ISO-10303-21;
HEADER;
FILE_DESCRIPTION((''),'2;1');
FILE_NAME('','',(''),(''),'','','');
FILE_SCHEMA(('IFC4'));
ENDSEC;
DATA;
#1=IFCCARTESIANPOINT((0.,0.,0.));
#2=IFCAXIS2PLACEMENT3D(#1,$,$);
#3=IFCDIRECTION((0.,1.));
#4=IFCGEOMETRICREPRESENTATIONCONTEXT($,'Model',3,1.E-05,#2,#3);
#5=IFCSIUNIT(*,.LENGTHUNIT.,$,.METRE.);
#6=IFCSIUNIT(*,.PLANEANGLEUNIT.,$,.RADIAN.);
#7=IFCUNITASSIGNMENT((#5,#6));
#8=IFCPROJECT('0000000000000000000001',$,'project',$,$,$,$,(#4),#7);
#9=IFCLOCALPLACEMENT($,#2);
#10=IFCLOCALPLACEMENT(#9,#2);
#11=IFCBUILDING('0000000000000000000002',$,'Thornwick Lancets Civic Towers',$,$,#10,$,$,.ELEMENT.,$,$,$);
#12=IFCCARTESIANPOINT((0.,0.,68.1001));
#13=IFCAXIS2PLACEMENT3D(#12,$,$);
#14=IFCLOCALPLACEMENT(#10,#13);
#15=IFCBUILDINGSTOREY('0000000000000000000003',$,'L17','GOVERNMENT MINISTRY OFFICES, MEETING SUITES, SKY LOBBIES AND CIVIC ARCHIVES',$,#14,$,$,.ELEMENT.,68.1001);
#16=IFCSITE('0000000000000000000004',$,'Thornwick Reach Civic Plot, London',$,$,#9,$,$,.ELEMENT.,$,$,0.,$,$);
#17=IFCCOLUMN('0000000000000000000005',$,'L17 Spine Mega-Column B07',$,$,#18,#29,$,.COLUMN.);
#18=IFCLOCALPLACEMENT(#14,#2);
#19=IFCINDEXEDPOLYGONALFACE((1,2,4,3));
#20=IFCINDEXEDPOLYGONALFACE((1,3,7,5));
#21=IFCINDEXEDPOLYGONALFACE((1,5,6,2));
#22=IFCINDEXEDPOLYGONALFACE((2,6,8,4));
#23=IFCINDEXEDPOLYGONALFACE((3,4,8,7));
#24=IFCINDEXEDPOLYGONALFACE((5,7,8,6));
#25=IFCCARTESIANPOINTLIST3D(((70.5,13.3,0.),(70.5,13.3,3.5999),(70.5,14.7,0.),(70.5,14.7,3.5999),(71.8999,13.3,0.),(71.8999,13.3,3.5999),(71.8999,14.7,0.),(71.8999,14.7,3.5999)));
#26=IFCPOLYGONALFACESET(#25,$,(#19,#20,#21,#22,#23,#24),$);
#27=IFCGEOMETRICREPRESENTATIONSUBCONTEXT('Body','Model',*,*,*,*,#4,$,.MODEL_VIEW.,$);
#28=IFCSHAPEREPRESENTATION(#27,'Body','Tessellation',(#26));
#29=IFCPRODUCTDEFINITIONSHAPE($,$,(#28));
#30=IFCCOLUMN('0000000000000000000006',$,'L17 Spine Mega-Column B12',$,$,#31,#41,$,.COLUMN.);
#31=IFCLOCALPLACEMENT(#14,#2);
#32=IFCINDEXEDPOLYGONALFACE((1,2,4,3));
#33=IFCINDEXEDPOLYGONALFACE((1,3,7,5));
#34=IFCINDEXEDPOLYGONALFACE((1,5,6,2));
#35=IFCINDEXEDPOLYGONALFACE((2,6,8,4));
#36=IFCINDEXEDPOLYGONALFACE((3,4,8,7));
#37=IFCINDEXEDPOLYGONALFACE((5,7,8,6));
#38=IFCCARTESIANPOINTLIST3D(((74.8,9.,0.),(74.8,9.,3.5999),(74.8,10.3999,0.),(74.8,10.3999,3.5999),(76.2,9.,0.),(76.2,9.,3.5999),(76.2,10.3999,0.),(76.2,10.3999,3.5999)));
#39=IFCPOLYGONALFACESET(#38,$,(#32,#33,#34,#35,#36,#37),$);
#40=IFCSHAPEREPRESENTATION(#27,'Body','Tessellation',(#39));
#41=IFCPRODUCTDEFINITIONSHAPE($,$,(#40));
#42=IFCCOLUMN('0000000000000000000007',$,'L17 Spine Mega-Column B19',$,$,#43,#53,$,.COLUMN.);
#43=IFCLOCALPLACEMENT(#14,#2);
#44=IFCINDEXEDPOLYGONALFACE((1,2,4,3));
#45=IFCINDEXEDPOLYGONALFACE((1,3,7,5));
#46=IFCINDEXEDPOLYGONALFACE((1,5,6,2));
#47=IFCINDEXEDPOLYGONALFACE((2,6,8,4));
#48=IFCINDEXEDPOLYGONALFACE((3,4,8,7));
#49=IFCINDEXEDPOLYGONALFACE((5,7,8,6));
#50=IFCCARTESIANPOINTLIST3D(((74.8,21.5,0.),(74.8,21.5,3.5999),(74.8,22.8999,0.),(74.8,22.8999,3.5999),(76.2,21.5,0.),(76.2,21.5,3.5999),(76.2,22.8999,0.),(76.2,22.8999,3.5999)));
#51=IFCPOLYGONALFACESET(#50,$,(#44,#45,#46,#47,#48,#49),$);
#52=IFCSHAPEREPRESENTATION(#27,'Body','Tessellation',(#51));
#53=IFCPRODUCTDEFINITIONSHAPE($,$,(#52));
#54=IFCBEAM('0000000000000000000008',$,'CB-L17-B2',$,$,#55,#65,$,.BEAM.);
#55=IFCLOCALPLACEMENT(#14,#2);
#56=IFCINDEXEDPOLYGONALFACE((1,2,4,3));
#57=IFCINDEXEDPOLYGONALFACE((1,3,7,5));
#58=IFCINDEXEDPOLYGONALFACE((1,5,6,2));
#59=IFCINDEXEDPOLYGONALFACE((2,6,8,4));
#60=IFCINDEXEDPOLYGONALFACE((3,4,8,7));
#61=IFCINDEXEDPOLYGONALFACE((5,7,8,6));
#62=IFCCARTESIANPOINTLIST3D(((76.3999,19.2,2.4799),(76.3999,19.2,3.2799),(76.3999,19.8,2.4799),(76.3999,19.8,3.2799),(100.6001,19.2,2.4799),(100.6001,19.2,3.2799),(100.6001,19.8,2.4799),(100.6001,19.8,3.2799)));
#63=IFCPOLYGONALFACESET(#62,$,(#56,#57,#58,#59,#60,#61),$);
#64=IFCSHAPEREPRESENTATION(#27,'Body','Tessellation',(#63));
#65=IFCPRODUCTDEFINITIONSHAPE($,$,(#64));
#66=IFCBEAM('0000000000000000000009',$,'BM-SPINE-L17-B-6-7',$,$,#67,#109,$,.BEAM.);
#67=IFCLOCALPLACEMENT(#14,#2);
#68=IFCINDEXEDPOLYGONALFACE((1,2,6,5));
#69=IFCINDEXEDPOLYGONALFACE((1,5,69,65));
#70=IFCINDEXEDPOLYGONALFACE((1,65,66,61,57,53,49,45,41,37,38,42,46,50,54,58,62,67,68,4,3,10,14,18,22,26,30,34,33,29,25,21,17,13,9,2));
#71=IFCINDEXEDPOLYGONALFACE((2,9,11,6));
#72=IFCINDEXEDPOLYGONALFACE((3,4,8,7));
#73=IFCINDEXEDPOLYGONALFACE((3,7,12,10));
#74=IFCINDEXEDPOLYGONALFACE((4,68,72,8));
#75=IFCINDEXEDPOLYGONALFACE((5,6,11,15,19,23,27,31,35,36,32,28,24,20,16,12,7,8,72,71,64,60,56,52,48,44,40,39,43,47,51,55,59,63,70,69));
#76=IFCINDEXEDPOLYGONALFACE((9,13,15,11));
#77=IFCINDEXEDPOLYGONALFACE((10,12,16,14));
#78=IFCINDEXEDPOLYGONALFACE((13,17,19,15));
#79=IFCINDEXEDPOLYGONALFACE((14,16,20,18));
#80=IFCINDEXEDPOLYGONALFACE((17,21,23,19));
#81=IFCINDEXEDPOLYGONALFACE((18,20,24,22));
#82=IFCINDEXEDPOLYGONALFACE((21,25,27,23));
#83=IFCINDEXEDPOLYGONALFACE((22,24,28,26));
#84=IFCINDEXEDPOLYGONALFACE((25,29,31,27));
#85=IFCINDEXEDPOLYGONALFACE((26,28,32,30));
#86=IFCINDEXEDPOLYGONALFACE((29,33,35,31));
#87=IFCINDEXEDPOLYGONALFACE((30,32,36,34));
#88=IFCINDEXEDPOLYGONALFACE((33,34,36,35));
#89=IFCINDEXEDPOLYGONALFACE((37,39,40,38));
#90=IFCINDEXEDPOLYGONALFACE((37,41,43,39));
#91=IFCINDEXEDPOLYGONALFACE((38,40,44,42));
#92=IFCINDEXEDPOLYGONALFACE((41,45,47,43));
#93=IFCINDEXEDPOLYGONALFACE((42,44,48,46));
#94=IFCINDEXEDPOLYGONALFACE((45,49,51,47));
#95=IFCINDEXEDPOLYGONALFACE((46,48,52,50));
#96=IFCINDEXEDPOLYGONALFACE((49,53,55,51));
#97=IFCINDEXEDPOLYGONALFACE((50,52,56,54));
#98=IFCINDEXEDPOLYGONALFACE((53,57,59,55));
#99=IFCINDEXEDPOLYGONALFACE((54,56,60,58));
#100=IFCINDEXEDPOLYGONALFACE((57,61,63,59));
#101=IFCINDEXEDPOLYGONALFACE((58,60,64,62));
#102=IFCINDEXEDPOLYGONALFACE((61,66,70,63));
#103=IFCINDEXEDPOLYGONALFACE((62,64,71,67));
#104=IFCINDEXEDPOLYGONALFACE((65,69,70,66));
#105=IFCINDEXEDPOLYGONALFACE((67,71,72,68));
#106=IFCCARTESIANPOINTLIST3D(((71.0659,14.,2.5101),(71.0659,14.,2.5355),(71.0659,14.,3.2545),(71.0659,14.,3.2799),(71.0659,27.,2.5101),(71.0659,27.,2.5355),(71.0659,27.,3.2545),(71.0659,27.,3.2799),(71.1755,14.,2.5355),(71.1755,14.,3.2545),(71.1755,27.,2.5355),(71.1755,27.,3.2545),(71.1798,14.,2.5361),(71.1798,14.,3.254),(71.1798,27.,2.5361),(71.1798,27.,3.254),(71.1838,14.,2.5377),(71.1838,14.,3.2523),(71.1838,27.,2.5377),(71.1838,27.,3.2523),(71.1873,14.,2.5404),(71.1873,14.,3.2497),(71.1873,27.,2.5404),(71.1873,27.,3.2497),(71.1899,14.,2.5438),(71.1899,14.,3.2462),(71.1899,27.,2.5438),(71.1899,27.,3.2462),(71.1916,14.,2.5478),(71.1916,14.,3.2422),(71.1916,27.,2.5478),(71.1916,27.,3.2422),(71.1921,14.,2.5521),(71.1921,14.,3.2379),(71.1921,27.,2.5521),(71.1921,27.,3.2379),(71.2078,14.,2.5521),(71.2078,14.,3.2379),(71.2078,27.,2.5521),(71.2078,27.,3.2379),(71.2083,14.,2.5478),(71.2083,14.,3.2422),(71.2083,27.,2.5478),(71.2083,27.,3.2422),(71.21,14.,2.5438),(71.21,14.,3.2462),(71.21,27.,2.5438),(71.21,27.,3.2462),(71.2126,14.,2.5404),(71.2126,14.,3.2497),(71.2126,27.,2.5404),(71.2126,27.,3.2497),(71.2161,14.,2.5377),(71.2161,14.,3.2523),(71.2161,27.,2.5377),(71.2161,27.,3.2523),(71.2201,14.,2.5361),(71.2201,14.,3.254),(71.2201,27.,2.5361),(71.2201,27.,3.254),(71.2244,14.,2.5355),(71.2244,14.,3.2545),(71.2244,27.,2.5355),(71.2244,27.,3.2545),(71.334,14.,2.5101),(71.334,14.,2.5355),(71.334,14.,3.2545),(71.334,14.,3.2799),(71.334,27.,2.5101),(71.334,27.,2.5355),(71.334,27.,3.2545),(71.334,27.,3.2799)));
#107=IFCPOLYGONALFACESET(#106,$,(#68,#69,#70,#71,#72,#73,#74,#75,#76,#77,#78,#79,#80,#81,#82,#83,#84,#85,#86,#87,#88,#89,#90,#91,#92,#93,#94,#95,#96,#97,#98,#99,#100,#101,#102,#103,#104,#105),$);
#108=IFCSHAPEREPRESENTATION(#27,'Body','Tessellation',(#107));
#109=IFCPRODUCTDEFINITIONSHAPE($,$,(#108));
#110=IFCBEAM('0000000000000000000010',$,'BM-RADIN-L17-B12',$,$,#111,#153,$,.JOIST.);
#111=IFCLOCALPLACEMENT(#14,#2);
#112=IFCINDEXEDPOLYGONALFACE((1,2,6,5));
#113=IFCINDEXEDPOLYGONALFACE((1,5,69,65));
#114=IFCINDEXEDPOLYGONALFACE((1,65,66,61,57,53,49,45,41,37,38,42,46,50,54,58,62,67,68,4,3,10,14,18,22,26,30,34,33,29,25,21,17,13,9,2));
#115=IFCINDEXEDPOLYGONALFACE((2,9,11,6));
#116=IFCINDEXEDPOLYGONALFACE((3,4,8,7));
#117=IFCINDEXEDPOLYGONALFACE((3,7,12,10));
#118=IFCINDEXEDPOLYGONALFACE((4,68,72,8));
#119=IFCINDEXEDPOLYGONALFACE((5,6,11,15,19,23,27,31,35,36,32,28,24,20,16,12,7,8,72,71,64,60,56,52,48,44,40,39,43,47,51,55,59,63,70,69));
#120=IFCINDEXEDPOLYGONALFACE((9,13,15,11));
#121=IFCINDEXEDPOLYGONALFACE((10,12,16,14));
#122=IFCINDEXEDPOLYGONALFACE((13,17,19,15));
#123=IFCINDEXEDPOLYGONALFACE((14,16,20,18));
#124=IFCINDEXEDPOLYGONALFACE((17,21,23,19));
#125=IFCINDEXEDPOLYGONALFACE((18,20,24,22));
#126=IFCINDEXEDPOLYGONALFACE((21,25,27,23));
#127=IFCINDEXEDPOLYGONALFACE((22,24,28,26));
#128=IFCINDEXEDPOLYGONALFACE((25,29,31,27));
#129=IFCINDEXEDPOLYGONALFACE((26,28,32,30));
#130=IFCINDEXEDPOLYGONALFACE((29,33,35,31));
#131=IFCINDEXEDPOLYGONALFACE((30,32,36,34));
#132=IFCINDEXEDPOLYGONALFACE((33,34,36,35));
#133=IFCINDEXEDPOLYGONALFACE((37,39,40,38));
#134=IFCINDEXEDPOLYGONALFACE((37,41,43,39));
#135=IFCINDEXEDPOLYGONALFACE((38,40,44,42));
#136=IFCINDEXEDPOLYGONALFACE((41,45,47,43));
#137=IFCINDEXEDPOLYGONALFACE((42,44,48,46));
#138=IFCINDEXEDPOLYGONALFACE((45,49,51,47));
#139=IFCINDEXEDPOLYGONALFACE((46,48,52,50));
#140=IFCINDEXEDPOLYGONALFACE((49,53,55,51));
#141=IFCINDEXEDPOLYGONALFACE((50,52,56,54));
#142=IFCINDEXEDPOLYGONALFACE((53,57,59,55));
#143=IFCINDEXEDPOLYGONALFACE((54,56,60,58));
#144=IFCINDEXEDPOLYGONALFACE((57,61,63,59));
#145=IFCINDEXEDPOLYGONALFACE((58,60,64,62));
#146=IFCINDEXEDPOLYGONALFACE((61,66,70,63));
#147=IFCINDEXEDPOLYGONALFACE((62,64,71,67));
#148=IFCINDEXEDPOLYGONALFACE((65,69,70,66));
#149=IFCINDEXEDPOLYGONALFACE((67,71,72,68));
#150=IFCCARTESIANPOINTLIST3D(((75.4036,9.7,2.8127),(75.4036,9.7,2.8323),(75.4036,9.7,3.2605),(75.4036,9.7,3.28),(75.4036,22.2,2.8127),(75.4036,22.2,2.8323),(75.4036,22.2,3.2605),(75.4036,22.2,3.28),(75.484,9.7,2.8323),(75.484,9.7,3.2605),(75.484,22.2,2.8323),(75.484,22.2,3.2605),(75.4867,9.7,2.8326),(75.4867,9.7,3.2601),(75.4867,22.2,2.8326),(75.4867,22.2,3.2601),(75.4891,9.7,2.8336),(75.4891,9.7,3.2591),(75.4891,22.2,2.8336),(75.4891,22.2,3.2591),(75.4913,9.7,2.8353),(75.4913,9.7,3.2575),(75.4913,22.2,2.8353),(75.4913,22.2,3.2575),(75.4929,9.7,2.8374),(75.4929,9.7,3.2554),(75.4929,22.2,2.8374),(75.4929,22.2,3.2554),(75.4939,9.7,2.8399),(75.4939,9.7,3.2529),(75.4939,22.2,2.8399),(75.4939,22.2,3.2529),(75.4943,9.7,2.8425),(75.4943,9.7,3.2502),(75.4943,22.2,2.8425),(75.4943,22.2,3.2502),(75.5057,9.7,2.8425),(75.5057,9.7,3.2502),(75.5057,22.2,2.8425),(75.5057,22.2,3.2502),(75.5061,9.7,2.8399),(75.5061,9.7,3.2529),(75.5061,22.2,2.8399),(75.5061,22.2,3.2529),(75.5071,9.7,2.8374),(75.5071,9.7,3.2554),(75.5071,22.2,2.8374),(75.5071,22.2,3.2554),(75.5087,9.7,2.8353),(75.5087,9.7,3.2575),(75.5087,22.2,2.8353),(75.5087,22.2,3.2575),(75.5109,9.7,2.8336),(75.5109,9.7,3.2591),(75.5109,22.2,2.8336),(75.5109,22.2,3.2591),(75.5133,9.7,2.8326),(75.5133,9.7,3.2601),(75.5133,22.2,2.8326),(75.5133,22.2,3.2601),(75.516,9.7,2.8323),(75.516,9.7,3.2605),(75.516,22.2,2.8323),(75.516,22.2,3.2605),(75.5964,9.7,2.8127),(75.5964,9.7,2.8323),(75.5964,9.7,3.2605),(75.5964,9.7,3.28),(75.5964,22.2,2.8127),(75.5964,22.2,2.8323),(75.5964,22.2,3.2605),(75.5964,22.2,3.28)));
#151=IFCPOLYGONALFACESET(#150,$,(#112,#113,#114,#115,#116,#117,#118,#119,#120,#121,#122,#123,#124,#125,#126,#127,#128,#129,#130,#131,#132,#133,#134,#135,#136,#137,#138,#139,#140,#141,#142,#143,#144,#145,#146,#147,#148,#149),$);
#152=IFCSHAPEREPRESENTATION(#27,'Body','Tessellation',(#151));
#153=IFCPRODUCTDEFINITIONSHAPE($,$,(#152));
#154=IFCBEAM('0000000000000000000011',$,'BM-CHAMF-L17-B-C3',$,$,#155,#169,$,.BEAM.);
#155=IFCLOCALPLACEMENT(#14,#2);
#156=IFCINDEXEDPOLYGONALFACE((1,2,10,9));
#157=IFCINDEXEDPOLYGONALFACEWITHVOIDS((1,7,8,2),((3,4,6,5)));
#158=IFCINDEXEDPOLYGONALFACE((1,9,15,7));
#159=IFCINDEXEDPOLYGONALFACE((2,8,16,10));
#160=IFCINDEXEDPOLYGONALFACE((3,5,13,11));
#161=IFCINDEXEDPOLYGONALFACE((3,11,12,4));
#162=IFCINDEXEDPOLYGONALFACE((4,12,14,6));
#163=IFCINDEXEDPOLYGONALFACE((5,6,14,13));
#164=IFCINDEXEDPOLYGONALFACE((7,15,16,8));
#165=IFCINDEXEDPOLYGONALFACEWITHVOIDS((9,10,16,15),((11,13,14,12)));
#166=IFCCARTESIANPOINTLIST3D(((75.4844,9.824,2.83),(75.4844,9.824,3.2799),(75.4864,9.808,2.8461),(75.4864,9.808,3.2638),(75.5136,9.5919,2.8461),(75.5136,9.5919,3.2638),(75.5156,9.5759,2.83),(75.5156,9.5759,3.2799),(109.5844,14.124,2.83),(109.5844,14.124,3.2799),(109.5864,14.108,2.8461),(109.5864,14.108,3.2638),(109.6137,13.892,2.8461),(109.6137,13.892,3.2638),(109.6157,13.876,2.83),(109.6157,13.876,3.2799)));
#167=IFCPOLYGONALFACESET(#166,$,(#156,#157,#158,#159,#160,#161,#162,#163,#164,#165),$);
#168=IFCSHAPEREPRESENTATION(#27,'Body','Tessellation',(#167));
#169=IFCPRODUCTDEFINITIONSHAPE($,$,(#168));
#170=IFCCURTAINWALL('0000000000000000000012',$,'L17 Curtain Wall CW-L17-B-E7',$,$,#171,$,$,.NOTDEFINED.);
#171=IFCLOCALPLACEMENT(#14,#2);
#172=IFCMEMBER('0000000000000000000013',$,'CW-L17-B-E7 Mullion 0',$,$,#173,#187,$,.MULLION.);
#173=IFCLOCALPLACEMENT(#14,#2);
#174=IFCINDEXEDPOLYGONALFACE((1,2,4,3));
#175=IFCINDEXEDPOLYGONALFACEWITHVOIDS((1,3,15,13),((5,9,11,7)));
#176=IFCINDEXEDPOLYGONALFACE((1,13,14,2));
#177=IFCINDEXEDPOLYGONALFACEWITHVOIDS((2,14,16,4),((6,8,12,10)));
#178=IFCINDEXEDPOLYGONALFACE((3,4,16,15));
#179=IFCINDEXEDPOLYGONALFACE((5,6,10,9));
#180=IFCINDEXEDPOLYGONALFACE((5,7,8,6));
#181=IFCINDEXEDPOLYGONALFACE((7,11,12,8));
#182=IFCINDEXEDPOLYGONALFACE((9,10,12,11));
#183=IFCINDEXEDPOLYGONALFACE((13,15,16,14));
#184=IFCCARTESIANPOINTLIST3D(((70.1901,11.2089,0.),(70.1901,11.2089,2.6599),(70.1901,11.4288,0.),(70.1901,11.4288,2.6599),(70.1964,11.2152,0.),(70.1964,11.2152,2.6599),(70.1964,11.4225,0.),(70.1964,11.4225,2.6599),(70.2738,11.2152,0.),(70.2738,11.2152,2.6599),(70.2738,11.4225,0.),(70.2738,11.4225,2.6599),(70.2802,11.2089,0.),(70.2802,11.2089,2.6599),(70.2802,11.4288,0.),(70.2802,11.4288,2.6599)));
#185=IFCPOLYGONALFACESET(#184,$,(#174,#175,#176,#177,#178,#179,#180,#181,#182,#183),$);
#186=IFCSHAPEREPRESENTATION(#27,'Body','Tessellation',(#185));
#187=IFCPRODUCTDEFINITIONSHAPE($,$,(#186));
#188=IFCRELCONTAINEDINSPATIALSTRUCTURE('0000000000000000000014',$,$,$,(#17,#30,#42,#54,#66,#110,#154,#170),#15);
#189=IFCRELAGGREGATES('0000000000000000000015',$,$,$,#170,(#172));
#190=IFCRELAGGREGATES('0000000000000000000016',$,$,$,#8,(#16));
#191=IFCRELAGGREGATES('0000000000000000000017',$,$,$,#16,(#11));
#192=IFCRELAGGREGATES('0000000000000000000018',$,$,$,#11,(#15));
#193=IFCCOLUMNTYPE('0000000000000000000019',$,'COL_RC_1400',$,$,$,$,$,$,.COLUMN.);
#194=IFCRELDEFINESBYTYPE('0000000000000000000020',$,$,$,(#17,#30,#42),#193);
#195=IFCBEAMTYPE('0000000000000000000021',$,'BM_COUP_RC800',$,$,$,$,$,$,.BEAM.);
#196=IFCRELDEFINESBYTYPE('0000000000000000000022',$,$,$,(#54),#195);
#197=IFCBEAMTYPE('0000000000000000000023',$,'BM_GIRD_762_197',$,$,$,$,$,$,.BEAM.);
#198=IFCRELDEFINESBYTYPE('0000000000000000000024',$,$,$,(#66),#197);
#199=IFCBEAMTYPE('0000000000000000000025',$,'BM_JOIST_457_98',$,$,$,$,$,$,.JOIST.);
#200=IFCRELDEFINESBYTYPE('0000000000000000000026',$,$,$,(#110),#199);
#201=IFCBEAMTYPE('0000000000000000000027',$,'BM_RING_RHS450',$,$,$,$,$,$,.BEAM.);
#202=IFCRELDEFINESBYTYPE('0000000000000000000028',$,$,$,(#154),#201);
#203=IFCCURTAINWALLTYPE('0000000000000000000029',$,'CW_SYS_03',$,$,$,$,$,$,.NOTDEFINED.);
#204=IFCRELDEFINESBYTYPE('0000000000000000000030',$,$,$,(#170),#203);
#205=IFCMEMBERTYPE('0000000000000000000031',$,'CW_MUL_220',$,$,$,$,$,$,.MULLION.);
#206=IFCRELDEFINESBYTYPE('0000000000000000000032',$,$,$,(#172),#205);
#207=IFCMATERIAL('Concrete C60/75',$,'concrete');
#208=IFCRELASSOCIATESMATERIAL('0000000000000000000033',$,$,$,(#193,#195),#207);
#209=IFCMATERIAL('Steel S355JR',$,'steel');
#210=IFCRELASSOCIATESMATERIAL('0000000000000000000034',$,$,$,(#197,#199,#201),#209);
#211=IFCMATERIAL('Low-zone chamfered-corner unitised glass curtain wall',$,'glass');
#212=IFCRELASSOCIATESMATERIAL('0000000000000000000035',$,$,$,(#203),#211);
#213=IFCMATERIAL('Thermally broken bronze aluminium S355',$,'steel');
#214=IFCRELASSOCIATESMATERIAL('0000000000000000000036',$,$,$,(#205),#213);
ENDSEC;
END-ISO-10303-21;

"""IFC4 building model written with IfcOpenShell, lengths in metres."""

from ifc_helpers import new_model, si_unit, direction, frame, origin, origin_2d, place, context, subcontext, project, spatial, rectangle, hollow_rectangle, i_section, extrude, material, material_profile, profile_set, type_object, element, aggregate, save


model = new_model("IFC4")

# Units and contexts
model_context = context("Model", 3, precision=1e-05, world=origin(), true_north=direction((0.0, 1.0)))
body_context = subcontext(model_context, "Body", "Model", "MODEL_VIEW")
ifc_project = project(units=[si_unit("LENGTHUNIT", "METRE"), si_unit("PLANEANGLEUNIT", "RADIAN")], contexts=[model_context])

# Site, building, storey
site_placement = place(None, origin())
site = spatial("IfcSite", under=ifc_project, at=site_placement, Name="Thornwick Reach Civic Plot, London", CompositionType="ELEMENT", RefElevation=0.0)
building_placement = place(site_placement, origin())
building = spatial("IfcBuilding", under=site, at=building_placement, Name="Thornwick Lancets Civic Towers", CompositionType="ELEMENT")
storey_placement = place(building_placement, frame((0.0, 0.0, 68.1001)))
storey = spatial("IfcBuildingStorey", under=building, at=storey_placement, Name="L17", Description="GOVERNMENT MINISTRY OFFICES, MEETING SUITES, SKY LOBBIES AND CIVIC ARCHIVES", CompositionType="ELEMENT", Elevation=68.1001)

# Columns
ifc_material_1 = material(Name="Concrete C60/75", Category="concrete")
ifc_material_profile_1 = material_profile(ifc_material_1, rectangle(XDim=1.3999, YDim=1.3999, at=origin_2d()), Name="RC 1400x1400")
ifc_profile_set_1 = profile_set([ifc_material_profile_1], Name="Concrete C60/75")
column_type = type_object("IfcColumnType", Name="COL_RC_1400", PredefinedType="COLUMN", material=ifc_profile_set_1)
for number, where, z_axis, x_axis, name in (
    (1, (71.2, 14.0, 0.0), (0.0, 0.0, 1.0), (1.0, 0.0, 0.0), "L17 Spine Mega-Column B07"),
    (2, (75.5, 9.7, 0.0), (0.0, 0.0, 1.0), (1.0, 0.0, 0.0), "L17 Spine Mega-Column B12"),
    (3, (75.5, 22.2, 0.0), (0.0, 0.0, 1.0), (1.0, 0.0, 0.0), "L17 Spine Mega-Column B19"),
):
    element("IfcColumn", number, at=place(storey_placement, frame(where, z_axis=z_axis, x_axis=x_axis)), inside=storey, type_object=column_type, Name=name, PredefinedType="COLUMN", context=body_context, shape_type="SweptSolid", body=[
        extrude(rectangle(XDim=1.3999, YDim=1.3999, at=origin_2d()), origin(), (0.0, 0.0, 1.0), 3.5999),
    ])

# Beams
ifc_material_profile_2 = material_profile(ifc_material_1, rectangle(XDim=0.6001, YDim=0.8, at=origin_2d()), Name="RC 600x800")
ifc_profile_set_2 = profile_set([ifc_material_profile_2], Name="Concrete C60/75")
beam_type_1 = type_object("IfcBeamType", Name="BM_COUP_RC800", PredefinedType="BEAM", material=ifc_profile_set_2)
beam_1_placement = place(storey_placement, frame((76.3999, 19.5, 2.8799), z_axis=(1.0, 0.0, 0.0), x_axis=(0.0, 1.0, 0.0)))
element("IfcBeam", 4, at=beam_1_placement, inside=storey, type_object=beam_type_1, Name="CB-L17-B2", PredefinedType="BEAM", context=body_context, shape_type="SweptSolid", body=[
    extrude(rectangle(XDim=0.6001, YDim=0.8, at=origin_2d()), origin(), (0.0, 0.0, 1.0), 24.2002),
])
ifc_material_2 = material(Name="Steel S355JR", Category="steel")
ifc_material_profile_3 = material_profile(ifc_material_2, i_section(OverallWidth=0.2681, OverallDepth=0.7698, WebThickness=0.0156, FlangeThickness=0.0254, FilletRadius=0.0166, at=origin_2d()), Name="UKB 762x267x197")
ifc_profile_set_3 = profile_set([ifc_material_profile_3], Name="Steel S355JR")
beam_type_2 = type_object("IfcBeamType", Name="BM_GIRD_762_197", PredefinedType="BEAM", material=ifc_profile_set_3)
beam_2_placement = place(storey_placement, frame((71.2, 14.0, 2.895), z_axis=(0.0, 1.0, 0.0), x_axis=(-1.0, 0.0, 0.0)))
element("IfcBeam", 5, at=beam_2_placement, inside=storey, type_object=beam_type_2, Name="BM-SPINE-L17-B-6-7", PredefinedType="BEAM", context=body_context, shape_type="SweptSolid", body=[
    extrude(i_section(OverallWidth=0.2681, OverallDepth=0.7698, WebThickness=0.0156, FlangeThickness=0.0254, FilletRadius=0.0166, at=origin_2d()), origin(), (0.0, 0.0, 1.0), 13.0),
])
ifc_material_profile_4 = material_profile(ifc_material_2, i_section(OverallWidth=0.1929, OverallDepth=0.4673, WebThickness=0.0115, FlangeThickness=0.0195, FilletRadius=0.0103, at=origin_2d()), Name="UKB 457x191x98")
ifc_profile_set_4 = profile_set([ifc_material_profile_4], Name="Steel S355JR")
beam_type_3 = type_object("IfcBeamType", Name="BM_JOIST_457_98", PredefinedType="JOIST", material=ifc_profile_set_4)
beam_3_placement = place(storey_placement, frame((75.5, 22.2, 3.0464), z_axis=(0.0, -1.0, 0.0), x_axis=(1.0, 0.0, 0.0)))
element("IfcBeam", 6, at=beam_3_placement, inside=storey, type_object=beam_type_3, Name="BM-RADIN-L17-B12", PredefinedType="JOIST", context=body_context, shape_type="SweptSolid", body=[
    extrude(i_section(OverallWidth=0.1929, OverallDepth=0.4673, WebThickness=0.0115, FlangeThickness=0.0195, FilletRadius=0.0103, at=origin_2d()), origin(), (0.0, 0.0, 1.0), 12.5),
])
ifc_material_profile_5 = material_profile(ifc_material_2, hollow_rectangle(XDim=0.25, YDim=0.45, WallThickness=0.0161, at=origin_2d()), Name="RHS 450x250x16")
ifc_profile_set_5 = profile_set([ifc_material_profile_5], Name="Steel S355JR")
beam_type_4 = type_object("IfcBeamType", Name="BM_RING_RHS450", PredefinedType="BEAM", material=ifc_profile_set_5)
beam_4_placement = place(storey_placement, frame((75.5, 9.7, 3.0549), z_axis=(0.992143, 0.12511, 0.0), x_axis=(-0.12511, 0.992143, 0.0)))
element("IfcBeam", 7, at=beam_4_placement, inside=storey, type_object=beam_type_4, Name="BM-CHAMF-L17-B-C3", PredefinedType="BEAM", context=body_context, shape_type="SweptSolid", body=[
    extrude(hollow_rectangle(XDim=0.25, YDim=0.45, WallThickness=0.0161, at=origin_2d()), origin(), (0.0, 0.0, 1.0), 34.3701),
])

# Curtain wall, member
ifc_material_3 = material(Name="Low-zone chamfered-corner unitised glass curtain wall", Category="glass")
curtain_wall_type = type_object("IfcCurtainWallType", Name="CW_SYS_03", PredefinedType="NOTDEFINED", material=ifc_material_3)
curtain_wall_placement = place(storey_placement, origin())
curtain_wall = element("IfcCurtainWall", 8, at=curtain_wall_placement, inside=storey, type_object=curtain_wall_type, Name="L17 Curtain Wall CW-L17-B-E7", PredefinedType="NOTDEFINED")
ifc_material_4 = material(Name="Thermally broken bronze aluminium S355", Category="steel")
ifc_material_profile_6 = material_profile(ifc_material_4, hollow_rectangle(XDim=0.0901, YDim=0.22, WallThickness=0.0063, at=origin_2d()), Name="RHS 220x90x6.3")
ifc_profile_set_6 = profile_set([ifc_material_profile_6], Name="Thermally broken bronze aluminium S355")
member_type_1 = type_object("IfcMemberType", Name="CW_MUL_220", PredefinedType="MULLION", material=ifc_profile_set_6)
member_1_placement = place(storey_placement, frame((70.2351, 11.3188, 0.0), z_axis=(0.0, 0.0, 1.0), x_axis=(1.0, 0.0, 0.0)))
member_1 = element("IfcMember", 9, at=member_1_placement, type_object=member_type_1, Name="CW-L17-B-E7 Mullion 0", PredefinedType="MULLION", context=body_context, shape_type="SweptSolid", body=[
    extrude(hollow_rectangle(XDim=0.0901, YDim=0.22, WallThickness=0.0063, at=origin_2d()), origin(), (0.0, 0.0, 1.0), 2.6599),
])
aggregate(curtain_wall, [member_1])

save(model, "model.ifc")
